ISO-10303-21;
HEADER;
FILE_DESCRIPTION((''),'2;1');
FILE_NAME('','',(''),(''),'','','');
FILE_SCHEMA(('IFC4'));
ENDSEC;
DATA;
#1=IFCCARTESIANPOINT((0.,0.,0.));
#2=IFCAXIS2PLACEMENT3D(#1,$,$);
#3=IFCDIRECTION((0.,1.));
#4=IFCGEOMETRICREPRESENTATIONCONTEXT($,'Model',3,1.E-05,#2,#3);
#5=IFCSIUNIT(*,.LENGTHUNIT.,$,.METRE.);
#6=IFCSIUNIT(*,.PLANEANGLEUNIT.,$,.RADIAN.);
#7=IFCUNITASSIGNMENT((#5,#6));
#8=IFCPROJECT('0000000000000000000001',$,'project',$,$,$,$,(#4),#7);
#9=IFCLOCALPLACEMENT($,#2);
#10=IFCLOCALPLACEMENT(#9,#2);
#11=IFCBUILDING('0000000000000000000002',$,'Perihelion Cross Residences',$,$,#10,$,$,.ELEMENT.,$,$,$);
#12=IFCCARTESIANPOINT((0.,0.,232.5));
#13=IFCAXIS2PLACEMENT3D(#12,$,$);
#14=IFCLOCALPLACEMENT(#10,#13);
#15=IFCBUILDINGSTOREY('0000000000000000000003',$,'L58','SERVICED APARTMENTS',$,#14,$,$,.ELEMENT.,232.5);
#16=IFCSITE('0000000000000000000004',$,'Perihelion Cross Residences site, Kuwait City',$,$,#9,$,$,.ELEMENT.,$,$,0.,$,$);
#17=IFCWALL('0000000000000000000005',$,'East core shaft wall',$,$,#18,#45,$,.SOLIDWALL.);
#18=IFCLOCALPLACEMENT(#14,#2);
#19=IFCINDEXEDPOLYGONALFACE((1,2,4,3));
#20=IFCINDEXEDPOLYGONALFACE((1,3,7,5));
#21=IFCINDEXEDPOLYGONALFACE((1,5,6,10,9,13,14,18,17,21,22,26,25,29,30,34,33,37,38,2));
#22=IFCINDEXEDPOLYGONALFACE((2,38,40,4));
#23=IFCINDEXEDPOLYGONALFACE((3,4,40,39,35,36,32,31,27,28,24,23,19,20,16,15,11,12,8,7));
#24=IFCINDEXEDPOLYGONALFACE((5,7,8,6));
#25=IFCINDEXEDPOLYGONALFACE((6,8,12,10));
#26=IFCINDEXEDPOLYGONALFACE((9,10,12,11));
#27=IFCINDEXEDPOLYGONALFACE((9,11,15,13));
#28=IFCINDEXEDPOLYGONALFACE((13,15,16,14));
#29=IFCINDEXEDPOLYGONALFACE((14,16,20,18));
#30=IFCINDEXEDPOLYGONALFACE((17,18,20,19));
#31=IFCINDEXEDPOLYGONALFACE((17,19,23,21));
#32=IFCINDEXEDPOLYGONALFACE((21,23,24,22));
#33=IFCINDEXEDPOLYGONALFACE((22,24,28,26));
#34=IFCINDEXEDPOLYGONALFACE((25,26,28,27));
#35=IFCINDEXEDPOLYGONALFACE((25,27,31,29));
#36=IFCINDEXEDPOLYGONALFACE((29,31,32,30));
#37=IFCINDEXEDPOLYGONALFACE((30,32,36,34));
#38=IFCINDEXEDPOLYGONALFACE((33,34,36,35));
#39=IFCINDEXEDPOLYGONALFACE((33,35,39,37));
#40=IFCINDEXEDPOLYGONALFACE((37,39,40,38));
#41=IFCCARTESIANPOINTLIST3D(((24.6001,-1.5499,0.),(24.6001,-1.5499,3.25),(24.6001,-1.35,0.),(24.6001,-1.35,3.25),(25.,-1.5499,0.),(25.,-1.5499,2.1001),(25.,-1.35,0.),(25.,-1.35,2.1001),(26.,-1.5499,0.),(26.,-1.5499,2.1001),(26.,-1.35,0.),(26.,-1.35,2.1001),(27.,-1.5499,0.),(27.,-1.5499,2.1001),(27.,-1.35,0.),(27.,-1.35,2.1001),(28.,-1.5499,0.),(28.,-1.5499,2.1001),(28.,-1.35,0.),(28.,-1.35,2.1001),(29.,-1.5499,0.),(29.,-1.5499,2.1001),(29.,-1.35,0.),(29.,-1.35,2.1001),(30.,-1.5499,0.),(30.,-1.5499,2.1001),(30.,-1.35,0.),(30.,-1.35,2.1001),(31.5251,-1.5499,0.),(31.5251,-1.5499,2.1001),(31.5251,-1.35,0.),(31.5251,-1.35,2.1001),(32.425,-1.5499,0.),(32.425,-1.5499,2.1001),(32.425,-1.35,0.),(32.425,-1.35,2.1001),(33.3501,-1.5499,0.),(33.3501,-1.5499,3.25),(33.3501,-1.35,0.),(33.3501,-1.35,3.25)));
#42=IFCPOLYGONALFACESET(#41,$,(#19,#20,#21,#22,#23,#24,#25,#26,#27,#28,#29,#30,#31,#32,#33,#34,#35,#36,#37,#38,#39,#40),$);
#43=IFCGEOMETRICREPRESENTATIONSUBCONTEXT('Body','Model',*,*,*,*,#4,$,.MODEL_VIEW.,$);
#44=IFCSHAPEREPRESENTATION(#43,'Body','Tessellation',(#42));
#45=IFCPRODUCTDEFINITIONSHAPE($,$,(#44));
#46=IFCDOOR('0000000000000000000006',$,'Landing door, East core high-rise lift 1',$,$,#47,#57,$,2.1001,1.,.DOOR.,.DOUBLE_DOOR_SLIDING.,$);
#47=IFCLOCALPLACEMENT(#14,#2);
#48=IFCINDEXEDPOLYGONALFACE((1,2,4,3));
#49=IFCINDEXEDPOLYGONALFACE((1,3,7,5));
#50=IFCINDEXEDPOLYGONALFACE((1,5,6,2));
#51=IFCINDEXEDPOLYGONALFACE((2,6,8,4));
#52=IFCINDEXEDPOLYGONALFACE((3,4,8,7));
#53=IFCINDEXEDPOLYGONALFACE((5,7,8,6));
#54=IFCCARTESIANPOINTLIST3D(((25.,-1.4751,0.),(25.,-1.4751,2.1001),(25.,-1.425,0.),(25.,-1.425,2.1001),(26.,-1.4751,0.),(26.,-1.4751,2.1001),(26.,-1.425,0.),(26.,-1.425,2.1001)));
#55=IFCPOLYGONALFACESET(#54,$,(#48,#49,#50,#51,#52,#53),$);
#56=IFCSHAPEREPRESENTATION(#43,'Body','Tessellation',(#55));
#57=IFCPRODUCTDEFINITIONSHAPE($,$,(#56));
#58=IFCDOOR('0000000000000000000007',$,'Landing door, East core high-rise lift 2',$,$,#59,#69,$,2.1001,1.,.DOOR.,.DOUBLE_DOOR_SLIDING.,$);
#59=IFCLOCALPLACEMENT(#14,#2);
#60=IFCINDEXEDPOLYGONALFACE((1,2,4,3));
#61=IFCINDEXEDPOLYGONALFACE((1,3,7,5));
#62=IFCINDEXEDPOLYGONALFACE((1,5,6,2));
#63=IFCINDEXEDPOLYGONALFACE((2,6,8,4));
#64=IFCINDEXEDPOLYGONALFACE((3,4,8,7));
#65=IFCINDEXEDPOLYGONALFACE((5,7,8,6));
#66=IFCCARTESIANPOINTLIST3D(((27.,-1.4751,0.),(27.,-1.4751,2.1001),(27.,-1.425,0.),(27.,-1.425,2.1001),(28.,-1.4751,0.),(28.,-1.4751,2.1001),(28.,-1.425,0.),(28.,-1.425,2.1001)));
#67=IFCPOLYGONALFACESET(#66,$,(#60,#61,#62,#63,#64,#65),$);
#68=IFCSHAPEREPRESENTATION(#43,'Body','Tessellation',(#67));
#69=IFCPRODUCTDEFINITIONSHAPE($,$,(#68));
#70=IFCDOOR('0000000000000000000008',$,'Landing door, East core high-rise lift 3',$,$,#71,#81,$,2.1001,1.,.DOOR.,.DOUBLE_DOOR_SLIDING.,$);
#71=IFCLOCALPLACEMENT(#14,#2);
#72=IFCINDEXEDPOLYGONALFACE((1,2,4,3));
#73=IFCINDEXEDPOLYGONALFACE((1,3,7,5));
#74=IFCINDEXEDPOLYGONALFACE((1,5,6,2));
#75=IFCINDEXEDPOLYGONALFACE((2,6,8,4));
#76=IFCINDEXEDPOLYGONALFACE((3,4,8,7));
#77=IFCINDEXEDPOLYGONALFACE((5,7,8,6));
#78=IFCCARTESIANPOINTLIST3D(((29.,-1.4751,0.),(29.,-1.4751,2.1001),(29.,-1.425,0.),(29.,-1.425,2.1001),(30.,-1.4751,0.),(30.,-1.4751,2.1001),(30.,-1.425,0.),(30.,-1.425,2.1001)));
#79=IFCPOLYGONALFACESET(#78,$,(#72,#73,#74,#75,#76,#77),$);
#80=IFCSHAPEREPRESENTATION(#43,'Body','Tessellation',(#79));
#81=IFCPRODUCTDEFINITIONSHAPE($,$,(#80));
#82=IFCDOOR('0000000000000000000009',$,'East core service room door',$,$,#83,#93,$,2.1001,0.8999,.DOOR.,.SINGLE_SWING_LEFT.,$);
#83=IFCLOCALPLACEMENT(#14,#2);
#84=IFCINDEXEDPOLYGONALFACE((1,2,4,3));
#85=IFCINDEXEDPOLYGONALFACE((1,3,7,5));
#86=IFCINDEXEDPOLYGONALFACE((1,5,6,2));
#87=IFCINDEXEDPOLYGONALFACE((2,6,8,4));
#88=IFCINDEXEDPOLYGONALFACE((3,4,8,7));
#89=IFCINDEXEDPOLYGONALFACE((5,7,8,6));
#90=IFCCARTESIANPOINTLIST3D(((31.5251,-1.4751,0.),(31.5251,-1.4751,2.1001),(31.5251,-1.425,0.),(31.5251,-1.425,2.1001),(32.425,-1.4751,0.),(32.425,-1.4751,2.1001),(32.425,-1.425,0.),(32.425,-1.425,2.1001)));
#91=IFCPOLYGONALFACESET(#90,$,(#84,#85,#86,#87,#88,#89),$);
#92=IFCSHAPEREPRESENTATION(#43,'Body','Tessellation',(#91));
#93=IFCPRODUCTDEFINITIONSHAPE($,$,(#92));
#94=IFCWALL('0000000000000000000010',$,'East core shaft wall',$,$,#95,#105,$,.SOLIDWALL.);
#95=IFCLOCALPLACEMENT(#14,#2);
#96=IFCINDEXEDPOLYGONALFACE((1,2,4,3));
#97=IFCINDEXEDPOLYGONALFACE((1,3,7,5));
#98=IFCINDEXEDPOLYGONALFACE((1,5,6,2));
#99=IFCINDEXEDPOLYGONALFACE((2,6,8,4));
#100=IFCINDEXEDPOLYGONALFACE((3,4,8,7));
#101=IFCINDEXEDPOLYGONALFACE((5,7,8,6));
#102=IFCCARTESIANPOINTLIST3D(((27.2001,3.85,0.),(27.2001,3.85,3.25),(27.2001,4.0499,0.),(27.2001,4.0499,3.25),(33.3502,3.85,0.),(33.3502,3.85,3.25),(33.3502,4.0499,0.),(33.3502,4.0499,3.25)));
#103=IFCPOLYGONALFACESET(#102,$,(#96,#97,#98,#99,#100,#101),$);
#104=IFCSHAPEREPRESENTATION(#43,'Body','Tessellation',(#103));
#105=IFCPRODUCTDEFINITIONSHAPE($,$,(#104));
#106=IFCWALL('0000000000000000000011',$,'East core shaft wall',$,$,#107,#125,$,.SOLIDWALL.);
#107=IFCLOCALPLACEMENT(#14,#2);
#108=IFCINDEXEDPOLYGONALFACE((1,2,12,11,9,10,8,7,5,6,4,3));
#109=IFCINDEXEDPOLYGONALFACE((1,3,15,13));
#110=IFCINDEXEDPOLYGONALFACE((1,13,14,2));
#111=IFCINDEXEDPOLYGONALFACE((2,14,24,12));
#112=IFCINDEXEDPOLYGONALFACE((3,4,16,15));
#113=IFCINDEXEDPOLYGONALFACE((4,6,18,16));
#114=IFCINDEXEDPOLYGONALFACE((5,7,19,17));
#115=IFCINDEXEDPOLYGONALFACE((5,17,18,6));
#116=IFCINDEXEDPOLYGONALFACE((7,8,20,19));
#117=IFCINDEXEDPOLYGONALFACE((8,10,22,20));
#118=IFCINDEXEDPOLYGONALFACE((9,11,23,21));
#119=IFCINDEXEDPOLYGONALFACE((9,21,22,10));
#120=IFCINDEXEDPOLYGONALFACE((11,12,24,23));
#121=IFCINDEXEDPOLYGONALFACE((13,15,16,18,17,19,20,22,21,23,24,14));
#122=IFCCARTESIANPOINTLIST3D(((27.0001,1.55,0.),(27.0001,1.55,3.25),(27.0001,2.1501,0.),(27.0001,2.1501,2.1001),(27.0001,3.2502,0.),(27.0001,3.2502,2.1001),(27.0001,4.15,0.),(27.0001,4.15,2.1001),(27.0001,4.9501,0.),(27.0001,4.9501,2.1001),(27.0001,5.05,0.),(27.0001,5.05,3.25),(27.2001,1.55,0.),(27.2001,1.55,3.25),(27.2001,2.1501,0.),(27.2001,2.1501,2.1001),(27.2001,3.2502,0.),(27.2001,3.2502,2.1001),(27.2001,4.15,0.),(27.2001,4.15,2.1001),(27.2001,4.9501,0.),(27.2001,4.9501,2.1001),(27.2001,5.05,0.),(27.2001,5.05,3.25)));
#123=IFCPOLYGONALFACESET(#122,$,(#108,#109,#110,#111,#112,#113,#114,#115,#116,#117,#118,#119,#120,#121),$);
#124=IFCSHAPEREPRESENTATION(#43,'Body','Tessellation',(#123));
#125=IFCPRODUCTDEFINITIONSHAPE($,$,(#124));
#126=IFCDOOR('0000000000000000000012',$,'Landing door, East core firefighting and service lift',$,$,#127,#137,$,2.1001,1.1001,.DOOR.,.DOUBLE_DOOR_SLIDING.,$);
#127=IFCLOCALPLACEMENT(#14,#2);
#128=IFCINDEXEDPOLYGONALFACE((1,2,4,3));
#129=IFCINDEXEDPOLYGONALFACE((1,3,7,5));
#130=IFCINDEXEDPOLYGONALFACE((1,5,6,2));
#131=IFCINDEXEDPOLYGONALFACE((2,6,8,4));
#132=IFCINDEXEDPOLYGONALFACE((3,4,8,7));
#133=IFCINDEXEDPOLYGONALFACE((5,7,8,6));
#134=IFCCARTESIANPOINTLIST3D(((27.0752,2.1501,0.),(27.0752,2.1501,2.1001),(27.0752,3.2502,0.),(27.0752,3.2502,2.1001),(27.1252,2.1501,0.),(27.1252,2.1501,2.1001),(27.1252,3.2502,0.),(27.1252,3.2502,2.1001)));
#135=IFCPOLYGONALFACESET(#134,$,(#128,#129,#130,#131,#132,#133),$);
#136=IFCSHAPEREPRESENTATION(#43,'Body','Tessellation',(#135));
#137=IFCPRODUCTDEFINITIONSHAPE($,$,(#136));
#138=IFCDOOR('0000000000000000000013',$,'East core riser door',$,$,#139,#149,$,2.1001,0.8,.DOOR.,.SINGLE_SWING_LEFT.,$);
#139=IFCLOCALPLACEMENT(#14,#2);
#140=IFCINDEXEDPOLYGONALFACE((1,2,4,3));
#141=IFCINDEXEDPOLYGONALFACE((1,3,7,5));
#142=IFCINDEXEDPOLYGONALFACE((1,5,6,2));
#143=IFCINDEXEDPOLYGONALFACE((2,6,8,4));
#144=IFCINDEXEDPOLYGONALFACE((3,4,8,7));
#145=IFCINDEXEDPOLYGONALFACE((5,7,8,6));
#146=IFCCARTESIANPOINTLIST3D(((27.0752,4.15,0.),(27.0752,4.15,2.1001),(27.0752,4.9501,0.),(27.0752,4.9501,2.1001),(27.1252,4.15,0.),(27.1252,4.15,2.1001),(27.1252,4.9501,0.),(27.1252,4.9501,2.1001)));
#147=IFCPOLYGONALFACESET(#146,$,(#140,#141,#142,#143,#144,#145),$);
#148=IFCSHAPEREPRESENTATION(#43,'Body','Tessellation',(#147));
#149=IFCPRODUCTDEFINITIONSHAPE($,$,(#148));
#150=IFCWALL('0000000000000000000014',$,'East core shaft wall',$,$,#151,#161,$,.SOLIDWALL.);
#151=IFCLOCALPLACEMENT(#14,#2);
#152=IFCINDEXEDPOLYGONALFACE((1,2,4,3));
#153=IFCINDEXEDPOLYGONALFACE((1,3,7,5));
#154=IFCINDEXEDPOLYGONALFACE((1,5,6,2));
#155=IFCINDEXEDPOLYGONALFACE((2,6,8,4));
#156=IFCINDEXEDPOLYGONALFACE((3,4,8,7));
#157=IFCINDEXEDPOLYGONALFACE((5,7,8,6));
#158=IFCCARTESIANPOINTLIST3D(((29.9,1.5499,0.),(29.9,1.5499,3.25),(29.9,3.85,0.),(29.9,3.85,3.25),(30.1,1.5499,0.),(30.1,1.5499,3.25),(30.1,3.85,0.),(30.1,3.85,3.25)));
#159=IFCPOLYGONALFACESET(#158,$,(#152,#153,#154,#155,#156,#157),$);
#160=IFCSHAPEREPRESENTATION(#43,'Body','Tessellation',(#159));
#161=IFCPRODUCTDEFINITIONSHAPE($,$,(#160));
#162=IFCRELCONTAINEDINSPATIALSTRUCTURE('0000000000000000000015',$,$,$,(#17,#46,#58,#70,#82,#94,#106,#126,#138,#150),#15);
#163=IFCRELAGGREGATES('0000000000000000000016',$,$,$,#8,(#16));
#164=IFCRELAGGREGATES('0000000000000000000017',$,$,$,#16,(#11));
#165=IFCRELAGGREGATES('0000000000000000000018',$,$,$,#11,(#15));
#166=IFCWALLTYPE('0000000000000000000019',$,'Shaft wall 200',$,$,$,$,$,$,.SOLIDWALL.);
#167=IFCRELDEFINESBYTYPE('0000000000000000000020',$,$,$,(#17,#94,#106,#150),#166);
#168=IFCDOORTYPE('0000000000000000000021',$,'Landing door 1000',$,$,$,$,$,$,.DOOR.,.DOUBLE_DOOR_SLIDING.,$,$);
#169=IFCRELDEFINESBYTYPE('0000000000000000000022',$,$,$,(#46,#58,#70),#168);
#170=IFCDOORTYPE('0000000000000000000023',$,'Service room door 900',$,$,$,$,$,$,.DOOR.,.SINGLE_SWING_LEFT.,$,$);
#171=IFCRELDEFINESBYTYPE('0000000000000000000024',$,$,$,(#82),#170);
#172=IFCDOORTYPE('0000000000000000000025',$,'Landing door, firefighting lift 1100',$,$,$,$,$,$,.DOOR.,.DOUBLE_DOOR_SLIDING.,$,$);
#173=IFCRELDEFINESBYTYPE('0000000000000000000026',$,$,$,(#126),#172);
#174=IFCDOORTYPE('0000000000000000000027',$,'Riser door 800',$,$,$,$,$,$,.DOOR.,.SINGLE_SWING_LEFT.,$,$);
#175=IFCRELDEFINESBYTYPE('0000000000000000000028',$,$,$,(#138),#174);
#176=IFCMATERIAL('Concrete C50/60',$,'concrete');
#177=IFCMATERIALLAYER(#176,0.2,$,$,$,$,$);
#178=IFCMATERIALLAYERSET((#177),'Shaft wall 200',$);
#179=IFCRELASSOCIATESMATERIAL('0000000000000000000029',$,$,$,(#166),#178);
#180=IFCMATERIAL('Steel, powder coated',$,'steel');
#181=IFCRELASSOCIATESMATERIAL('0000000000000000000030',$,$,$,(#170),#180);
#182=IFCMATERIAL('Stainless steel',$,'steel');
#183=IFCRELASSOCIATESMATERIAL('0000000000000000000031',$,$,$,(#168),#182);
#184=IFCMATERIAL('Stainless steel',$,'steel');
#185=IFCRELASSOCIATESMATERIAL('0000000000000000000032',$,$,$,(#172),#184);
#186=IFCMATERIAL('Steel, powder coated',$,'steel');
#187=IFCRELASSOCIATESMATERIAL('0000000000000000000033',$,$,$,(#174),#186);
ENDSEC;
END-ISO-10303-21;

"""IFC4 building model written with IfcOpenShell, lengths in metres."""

from ifc_helpers import new_model, si_unit, direction, frame, frame_2d, origin, place, context, subcontext, project, spatial, rectangle, extrude, material, layer, layer_set, type_object, element, fill, save


model = new_model("IFC4")

# Units and contexts
model_context = context("Model", 3, precision=1e-05, world=origin(), true_north=direction((0.0, 1.0)))
body_context = subcontext(model_context, "Body", "Model", "MODEL_VIEW")
ifc_project = project(units=[si_unit("LENGTHUNIT", "METRE"), si_unit("PLANEANGLEUNIT", "RADIAN")], contexts=[model_context])

# Site, building, storey
site_placement = place(None, origin())
site = spatial("IfcSite", under=ifc_project, at=site_placement, Name="Perihelion Cross Residences site, Kuwait City", CompositionType="ELEMENT", RefElevation=0.0)
building_placement = place(site_placement, origin())
building = spatial("IfcBuilding", under=site, at=building_placement, Name="Perihelion Cross Residences", CompositionType="ELEMENT")
storey_placement = place(building_placement, frame((0.0, 0.0, 232.5)))
storey = spatial("IfcBuildingStorey", under=building, at=storey_placement, Name="L58", Description="SERVICED APARTMENTS", CompositionType="ELEMENT", Elevation=232.5)

# Wall, openings, doors
ifc_material_1 = material(Name="Concrete C50/60", Category="concrete")
ifc_layer_1 = layer(ifc_material_1, 0.2)
ifc_layer_set_1 = layer_set([ifc_layer_1], Name="Shaft wall 200")
wall_type_1 = type_object("IfcWallType", Name="Shaft wall 200", PredefinedType="SOLIDWALL", material=ifc_layer_set_1)
ifc_material_2 = material(Name="Steel, powder coated", Category="steel")
door_type_1 = type_object("IfcDoorType", Name="Service room door 900", OperationType="SINGLE_SWING_LEFT", PredefinedType="DOOR", material=ifc_material_2)
wall_1_placement = place(storey_placement, frame((24.6001, -1.45, 0.0), z_axis=(0.0, 0.0, 1.0), x_axis=(1.0, 0.0, 0.0)))
wall_1 = element("IfcWall", 1, at=wall_1_placement, inside=storey, type_object=wall_type_1, Name="East core shaft wall", PredefinedType="SOLIDWALL", context=body_context, shape_type="SweptSolid", body=[
    extrude(rectangle(XDim=8.75, YDim=0.2, at=frame_2d((4.375, 0.0))), origin(), (0.0, 0.0, 1.0), 3.25),
])
opening_1_placement = place(wall_1_placement, frame((0.3999, 0.0, 0.0)))
opening_1 = element("IfcOpeningElement", 2, at=opening_1_placement, cuts=wall_1, PredefinedType="OPENING", context=body_context, shape_type="SweptSolid", body=[
    extrude(rectangle(XDim=1.0, YDim=2.1001, at=frame_2d((0.5, 1.05))), frame((0.0, 0.1099, 0.0), z_axis=(0.0, -1.0, 0.0), x_axis=(1.0, 0.0, 0.0)), (0.0, 0.0, 1.0), 0.22),
])
opening_2_placement = place(wall_1_placement, frame((2.3999, 0.0, 0.0)))
opening_2 = element("IfcOpeningElement", 3, at=opening_2_placement, cuts=wall_1, PredefinedType="OPENING", context=body_context, shape_type="SweptSolid", body=[
    extrude(rectangle(XDim=1.0, YDim=2.1001, at=frame_2d((0.5, 1.05))), frame((0.0, 0.1099, 0.0), z_axis=(0.0, -1.0, 0.0), x_axis=(1.0, 0.0, 0.0)), (0.0, 0.0, 1.0), 0.22),
])
opening_3_placement = place(wall_1_placement, frame((4.3999, 0.0, 0.0)))
opening_3 = element("IfcOpeningElement", 4, at=opening_3_placement, cuts=wall_1, PredefinedType="OPENING", context=body_context, shape_type="SweptSolid", body=[
    extrude(rectangle(XDim=1.0, YDim=2.1001, at=frame_2d((0.5, 1.05))), frame((0.0, 0.1099, 0.0), z_axis=(0.0, -1.0, 0.0), x_axis=(1.0, 0.0, 0.0)), (0.0, 0.0, 1.0), 0.22),
])
opening_4_placement = place(wall_1_placement, frame((6.925, 0.0, 0.0)))
opening_4 = element("IfcOpeningElement", 5, at=opening_4_placement, cuts=wall_1, PredefinedType="OPENING", context=body_context, shape_type="SweptSolid", body=[
    extrude(rectangle(XDim=0.8999, YDim=2.1001, at=frame_2d((0.45, 1.05))), frame((0.0, 0.1099, 0.0), z_axis=(0.0, -1.0, 0.0), x_axis=(1.0, 0.0, 0.0)), (0.0, 0.0, 1.0), 0.22),
])
ifc_material_3 = material(Name="Stainless steel", Category="steel")
door_type_2 = type_object("IfcDoorType", Name="Landing door 1000", OperationType="DOUBLE_DOOR_SLIDING", PredefinedType="DOOR", material=ifc_material_3)
door_1_placement = place(opening_1_placement, origin())
door_1 = element("IfcDoor", 6, at=door_1_placement, inside=storey, type_object=door_type_2, Name="Landing door, East core high-rise lift 1", OperationType="DOUBLE_DOOR_SLIDING", OverallHeight=2.1001, OverallWidth=1.0, PredefinedType="DOOR", context=body_context, shape_type="SweptSolid", body=[
    extrude(rectangle(XDim=1.0, YDim=2.1001, at=frame_2d((0.5, 1.05))), frame((0.0, 0.0249, 0.0), z_axis=(0.0, -1.0, 0.0), x_axis=(1.0, 0.0, 0.0)), (0.0, 0.0, 1.0), 0.05),
])
fill(opening_1, door_1)
door_2_placement = place(opening_2_placement, origin())
door_2 = element("IfcDoor", 7, at=door_2_placement, inside=storey, type_object=door_type_2, Name="Landing door, East core high-rise lift 2", OperationType="DOUBLE_DOOR_SLIDING", OverallHeight=2.1001, OverallWidth=1.0, PredefinedType="DOOR", context=body_context, shape_type="SweptSolid", body=[
    extrude(rectangle(XDim=1.0, YDim=2.1001, at=frame_2d((0.5, 1.05))), frame((0.0, 0.0249, 0.0), z_axis=(0.0, -1.0, 0.0), x_axis=(1.0, 0.0, 0.0)), (0.0, 0.0, 1.0), 0.05),
])
fill(opening_2, door_2)
door_3_placement = place(opening_3_placement, origin())
door_3 = element("IfcDoor", 8, at=door_3_placement, inside=storey, type_object=door_type_2, Name="Landing door, East core high-rise lift 3", OperationType="DOUBLE_DOOR_SLIDING", OverallHeight=2.1001, OverallWidth=1.0, PredefinedType="DOOR", context=body_context, shape_type="SweptSolid", body=[
    extrude(rectangle(XDim=1.0, YDim=2.1001, at=frame_2d((0.5, 1.05))), frame((0.0, 0.0249, 0.0), z_axis=(0.0, -1.0, 0.0), x_axis=(1.0, 0.0, 0.0)), (0.0, 0.0, 1.0), 0.05),
])
fill(opening_3, door_3)
door_4_placement = place(opening_4_placement, origin())
door_4 = element("IfcDoor", 9, at=door_4_placement, inside=storey, type_object=door_type_1, Name="East core service room door", OperationType="SINGLE_SWING_LEFT", OverallHeight=2.1001, OverallWidth=0.8999, PredefinedType="DOOR", context=body_context, shape_type="SweptSolid", body=[
    extrude(rectangle(XDim=0.8999, YDim=2.1001, at=frame_2d((0.45, 1.05))), frame((0.0, 0.0249, 0.0), z_axis=(0.0, -1.0, 0.0), x_axis=(1.0, 0.0, 0.0)), (0.0, 0.0, 1.0), 0.05),
])
fill(opening_4, door_4)

# Wall
wall_2_placement = place(storey_placement, frame((27.2, 3.95, 0.0), z_axis=(0.0, 0.0, 1.0), x_axis=(1.0, 0.0, 0.0)))
element("IfcWall", 10, at=wall_2_placement, inside=storey, type_object=wall_type_1, Name="East core shaft wall", PredefinedType="SOLIDWALL", context=body_context, shape_type="SweptSolid", body=[
    extrude(rectangle(XDim=6.1501, YDim=0.2, at=frame_2d((3.0752, 0.0))), origin(), (0.0, 0.0, 1.0), 3.25),
])

# Wall, openings, doors
wall_3_placement = place(storey_placement, frame((27.1001, 1.55, 0.0), z_axis=(0.0, 0.0, 1.0), x_axis=(0.0, 1.0, 0.0)))
wall_3 = element("IfcWall", 11, at=wall_3_placement, inside=storey, type_object=wall_type_1, Name="East core shaft wall", PredefinedType="SOLIDWALL", context=body_context, shape_type="SweptSolid", body=[
    extrude(rectangle(XDim=3.5, YDim=0.2, at=frame_2d((1.75, 0.0))), origin(), (0.0, 0.0, 1.0), 3.25),
])
opening_5_placement = place(wall_3_placement, frame((0.6001, 0.0, 0.0)))
opening_5 = element("IfcOpeningElement", 12, at=opening_5_placement, cuts=wall_3, PredefinedType="OPENING", context=body_context, shape_type="SweptSolid", body=[
    extrude(rectangle(XDim=1.1001, YDim=2.1001, at=frame_2d((0.55, 1.05))), frame((0.0, 0.1099, 0.0), z_axis=(0.0, -1.0, 0.0), x_axis=(1.0, 0.0, 0.0)), (0.0, 0.0, 1.0), 0.22),
])
opening_6_placement = place(wall_3_placement, frame((2.6001, 0.0, 0.0)))
opening_6 = element("IfcOpeningElement", 13, at=opening_6_placement, cuts=wall_3, PredefinedType="OPENING", context=body_context, shape_type="SweptSolid", body=[
    extrude(rectangle(XDim=0.8, YDim=2.1001, at=frame_2d((0.3999, 1.05))), frame((0.0, 0.1099, 0.0), z_axis=(0.0, -1.0, 0.0), x_axis=(1.0, 0.0, 0.0)), (0.0, 0.0, 1.0), 0.22),
])
ifc_material_4 = material(Name="Stainless steel", Category="steel")
door_type_3 = type_object("IfcDoorType", Name="Landing door, firefighting lift 1100", OperationType="DOUBLE_DOOR_SLIDING", PredefinedType="DOOR", material=ifc_material_4)
door_5_placement = place(opening_5_placement, origin())
door_5 = element("IfcDoor", 14, at=door_5_placement, inside=storey, type_object=door_type_3, Name="Landing door, East core firefighting and service lift", OperationType="DOUBLE_DOOR_SLIDING", OverallHeight=2.1001, OverallWidth=1.1001, PredefinedType="DOOR", context=body_context, shape_type="SweptSolid", body=[
    extrude(rectangle(XDim=1.1001, YDim=2.1001, at=frame_2d((0.55, 1.05))), frame((0.0, 0.0249, 0.0), z_axis=(0.0, -1.0, 0.0), x_axis=(1.0, 0.0, 0.0)), (0.0, 0.0, 1.0), 0.05),
])
fill(opening_5, door_5)
ifc_material_5 = material(Name="Steel, powder coated", Category="steel")
door_type_4 = type_object("IfcDoorType", Name="Riser door 800", OperationType="SINGLE_SWING_LEFT", PredefinedType="DOOR", material=ifc_material_5)
door_6_placement = place(opening_6_placement, origin())
door_6 = element("IfcDoor", 15, at=door_6_placement, inside=storey, type_object=door_type_4, Name="East core riser door", OperationType="SINGLE_SWING_LEFT", OverallHeight=2.1001, OverallWidth=0.8, PredefinedType="DOOR", context=body_context, shape_type="SweptSolid", body=[
    extrude(rectangle(XDim=0.8, YDim=2.1001, at=frame_2d((0.3999, 1.05))), frame((0.0, 0.0249, 0.0), z_axis=(0.0, -1.0, 0.0), x_axis=(1.0, 0.0, 0.0)), (0.0, 0.0, 1.0), 0.05),
])
fill(opening_6, door_6)

# Wall
wall_4_placement = place(storey_placement, frame((30.0, 1.55, 0.0), z_axis=(0.0, 0.0, 1.0), x_axis=(0.0, 1.0, 0.0)))
element("IfcWall", 16, at=wall_4_placement, inside=storey, type_object=wall_type_1, Name="East core shaft wall", PredefinedType="SOLIDWALL", context=body_context, shape_type="SweptSolid", body=[
    extrude(rectangle(XDim=2.3, YDim=0.2, at=frame_2d((1.1499, 0.0))), origin(), (0.0, 0.0, 1.0), 3.25),
])

save(model, "model.ifc")
